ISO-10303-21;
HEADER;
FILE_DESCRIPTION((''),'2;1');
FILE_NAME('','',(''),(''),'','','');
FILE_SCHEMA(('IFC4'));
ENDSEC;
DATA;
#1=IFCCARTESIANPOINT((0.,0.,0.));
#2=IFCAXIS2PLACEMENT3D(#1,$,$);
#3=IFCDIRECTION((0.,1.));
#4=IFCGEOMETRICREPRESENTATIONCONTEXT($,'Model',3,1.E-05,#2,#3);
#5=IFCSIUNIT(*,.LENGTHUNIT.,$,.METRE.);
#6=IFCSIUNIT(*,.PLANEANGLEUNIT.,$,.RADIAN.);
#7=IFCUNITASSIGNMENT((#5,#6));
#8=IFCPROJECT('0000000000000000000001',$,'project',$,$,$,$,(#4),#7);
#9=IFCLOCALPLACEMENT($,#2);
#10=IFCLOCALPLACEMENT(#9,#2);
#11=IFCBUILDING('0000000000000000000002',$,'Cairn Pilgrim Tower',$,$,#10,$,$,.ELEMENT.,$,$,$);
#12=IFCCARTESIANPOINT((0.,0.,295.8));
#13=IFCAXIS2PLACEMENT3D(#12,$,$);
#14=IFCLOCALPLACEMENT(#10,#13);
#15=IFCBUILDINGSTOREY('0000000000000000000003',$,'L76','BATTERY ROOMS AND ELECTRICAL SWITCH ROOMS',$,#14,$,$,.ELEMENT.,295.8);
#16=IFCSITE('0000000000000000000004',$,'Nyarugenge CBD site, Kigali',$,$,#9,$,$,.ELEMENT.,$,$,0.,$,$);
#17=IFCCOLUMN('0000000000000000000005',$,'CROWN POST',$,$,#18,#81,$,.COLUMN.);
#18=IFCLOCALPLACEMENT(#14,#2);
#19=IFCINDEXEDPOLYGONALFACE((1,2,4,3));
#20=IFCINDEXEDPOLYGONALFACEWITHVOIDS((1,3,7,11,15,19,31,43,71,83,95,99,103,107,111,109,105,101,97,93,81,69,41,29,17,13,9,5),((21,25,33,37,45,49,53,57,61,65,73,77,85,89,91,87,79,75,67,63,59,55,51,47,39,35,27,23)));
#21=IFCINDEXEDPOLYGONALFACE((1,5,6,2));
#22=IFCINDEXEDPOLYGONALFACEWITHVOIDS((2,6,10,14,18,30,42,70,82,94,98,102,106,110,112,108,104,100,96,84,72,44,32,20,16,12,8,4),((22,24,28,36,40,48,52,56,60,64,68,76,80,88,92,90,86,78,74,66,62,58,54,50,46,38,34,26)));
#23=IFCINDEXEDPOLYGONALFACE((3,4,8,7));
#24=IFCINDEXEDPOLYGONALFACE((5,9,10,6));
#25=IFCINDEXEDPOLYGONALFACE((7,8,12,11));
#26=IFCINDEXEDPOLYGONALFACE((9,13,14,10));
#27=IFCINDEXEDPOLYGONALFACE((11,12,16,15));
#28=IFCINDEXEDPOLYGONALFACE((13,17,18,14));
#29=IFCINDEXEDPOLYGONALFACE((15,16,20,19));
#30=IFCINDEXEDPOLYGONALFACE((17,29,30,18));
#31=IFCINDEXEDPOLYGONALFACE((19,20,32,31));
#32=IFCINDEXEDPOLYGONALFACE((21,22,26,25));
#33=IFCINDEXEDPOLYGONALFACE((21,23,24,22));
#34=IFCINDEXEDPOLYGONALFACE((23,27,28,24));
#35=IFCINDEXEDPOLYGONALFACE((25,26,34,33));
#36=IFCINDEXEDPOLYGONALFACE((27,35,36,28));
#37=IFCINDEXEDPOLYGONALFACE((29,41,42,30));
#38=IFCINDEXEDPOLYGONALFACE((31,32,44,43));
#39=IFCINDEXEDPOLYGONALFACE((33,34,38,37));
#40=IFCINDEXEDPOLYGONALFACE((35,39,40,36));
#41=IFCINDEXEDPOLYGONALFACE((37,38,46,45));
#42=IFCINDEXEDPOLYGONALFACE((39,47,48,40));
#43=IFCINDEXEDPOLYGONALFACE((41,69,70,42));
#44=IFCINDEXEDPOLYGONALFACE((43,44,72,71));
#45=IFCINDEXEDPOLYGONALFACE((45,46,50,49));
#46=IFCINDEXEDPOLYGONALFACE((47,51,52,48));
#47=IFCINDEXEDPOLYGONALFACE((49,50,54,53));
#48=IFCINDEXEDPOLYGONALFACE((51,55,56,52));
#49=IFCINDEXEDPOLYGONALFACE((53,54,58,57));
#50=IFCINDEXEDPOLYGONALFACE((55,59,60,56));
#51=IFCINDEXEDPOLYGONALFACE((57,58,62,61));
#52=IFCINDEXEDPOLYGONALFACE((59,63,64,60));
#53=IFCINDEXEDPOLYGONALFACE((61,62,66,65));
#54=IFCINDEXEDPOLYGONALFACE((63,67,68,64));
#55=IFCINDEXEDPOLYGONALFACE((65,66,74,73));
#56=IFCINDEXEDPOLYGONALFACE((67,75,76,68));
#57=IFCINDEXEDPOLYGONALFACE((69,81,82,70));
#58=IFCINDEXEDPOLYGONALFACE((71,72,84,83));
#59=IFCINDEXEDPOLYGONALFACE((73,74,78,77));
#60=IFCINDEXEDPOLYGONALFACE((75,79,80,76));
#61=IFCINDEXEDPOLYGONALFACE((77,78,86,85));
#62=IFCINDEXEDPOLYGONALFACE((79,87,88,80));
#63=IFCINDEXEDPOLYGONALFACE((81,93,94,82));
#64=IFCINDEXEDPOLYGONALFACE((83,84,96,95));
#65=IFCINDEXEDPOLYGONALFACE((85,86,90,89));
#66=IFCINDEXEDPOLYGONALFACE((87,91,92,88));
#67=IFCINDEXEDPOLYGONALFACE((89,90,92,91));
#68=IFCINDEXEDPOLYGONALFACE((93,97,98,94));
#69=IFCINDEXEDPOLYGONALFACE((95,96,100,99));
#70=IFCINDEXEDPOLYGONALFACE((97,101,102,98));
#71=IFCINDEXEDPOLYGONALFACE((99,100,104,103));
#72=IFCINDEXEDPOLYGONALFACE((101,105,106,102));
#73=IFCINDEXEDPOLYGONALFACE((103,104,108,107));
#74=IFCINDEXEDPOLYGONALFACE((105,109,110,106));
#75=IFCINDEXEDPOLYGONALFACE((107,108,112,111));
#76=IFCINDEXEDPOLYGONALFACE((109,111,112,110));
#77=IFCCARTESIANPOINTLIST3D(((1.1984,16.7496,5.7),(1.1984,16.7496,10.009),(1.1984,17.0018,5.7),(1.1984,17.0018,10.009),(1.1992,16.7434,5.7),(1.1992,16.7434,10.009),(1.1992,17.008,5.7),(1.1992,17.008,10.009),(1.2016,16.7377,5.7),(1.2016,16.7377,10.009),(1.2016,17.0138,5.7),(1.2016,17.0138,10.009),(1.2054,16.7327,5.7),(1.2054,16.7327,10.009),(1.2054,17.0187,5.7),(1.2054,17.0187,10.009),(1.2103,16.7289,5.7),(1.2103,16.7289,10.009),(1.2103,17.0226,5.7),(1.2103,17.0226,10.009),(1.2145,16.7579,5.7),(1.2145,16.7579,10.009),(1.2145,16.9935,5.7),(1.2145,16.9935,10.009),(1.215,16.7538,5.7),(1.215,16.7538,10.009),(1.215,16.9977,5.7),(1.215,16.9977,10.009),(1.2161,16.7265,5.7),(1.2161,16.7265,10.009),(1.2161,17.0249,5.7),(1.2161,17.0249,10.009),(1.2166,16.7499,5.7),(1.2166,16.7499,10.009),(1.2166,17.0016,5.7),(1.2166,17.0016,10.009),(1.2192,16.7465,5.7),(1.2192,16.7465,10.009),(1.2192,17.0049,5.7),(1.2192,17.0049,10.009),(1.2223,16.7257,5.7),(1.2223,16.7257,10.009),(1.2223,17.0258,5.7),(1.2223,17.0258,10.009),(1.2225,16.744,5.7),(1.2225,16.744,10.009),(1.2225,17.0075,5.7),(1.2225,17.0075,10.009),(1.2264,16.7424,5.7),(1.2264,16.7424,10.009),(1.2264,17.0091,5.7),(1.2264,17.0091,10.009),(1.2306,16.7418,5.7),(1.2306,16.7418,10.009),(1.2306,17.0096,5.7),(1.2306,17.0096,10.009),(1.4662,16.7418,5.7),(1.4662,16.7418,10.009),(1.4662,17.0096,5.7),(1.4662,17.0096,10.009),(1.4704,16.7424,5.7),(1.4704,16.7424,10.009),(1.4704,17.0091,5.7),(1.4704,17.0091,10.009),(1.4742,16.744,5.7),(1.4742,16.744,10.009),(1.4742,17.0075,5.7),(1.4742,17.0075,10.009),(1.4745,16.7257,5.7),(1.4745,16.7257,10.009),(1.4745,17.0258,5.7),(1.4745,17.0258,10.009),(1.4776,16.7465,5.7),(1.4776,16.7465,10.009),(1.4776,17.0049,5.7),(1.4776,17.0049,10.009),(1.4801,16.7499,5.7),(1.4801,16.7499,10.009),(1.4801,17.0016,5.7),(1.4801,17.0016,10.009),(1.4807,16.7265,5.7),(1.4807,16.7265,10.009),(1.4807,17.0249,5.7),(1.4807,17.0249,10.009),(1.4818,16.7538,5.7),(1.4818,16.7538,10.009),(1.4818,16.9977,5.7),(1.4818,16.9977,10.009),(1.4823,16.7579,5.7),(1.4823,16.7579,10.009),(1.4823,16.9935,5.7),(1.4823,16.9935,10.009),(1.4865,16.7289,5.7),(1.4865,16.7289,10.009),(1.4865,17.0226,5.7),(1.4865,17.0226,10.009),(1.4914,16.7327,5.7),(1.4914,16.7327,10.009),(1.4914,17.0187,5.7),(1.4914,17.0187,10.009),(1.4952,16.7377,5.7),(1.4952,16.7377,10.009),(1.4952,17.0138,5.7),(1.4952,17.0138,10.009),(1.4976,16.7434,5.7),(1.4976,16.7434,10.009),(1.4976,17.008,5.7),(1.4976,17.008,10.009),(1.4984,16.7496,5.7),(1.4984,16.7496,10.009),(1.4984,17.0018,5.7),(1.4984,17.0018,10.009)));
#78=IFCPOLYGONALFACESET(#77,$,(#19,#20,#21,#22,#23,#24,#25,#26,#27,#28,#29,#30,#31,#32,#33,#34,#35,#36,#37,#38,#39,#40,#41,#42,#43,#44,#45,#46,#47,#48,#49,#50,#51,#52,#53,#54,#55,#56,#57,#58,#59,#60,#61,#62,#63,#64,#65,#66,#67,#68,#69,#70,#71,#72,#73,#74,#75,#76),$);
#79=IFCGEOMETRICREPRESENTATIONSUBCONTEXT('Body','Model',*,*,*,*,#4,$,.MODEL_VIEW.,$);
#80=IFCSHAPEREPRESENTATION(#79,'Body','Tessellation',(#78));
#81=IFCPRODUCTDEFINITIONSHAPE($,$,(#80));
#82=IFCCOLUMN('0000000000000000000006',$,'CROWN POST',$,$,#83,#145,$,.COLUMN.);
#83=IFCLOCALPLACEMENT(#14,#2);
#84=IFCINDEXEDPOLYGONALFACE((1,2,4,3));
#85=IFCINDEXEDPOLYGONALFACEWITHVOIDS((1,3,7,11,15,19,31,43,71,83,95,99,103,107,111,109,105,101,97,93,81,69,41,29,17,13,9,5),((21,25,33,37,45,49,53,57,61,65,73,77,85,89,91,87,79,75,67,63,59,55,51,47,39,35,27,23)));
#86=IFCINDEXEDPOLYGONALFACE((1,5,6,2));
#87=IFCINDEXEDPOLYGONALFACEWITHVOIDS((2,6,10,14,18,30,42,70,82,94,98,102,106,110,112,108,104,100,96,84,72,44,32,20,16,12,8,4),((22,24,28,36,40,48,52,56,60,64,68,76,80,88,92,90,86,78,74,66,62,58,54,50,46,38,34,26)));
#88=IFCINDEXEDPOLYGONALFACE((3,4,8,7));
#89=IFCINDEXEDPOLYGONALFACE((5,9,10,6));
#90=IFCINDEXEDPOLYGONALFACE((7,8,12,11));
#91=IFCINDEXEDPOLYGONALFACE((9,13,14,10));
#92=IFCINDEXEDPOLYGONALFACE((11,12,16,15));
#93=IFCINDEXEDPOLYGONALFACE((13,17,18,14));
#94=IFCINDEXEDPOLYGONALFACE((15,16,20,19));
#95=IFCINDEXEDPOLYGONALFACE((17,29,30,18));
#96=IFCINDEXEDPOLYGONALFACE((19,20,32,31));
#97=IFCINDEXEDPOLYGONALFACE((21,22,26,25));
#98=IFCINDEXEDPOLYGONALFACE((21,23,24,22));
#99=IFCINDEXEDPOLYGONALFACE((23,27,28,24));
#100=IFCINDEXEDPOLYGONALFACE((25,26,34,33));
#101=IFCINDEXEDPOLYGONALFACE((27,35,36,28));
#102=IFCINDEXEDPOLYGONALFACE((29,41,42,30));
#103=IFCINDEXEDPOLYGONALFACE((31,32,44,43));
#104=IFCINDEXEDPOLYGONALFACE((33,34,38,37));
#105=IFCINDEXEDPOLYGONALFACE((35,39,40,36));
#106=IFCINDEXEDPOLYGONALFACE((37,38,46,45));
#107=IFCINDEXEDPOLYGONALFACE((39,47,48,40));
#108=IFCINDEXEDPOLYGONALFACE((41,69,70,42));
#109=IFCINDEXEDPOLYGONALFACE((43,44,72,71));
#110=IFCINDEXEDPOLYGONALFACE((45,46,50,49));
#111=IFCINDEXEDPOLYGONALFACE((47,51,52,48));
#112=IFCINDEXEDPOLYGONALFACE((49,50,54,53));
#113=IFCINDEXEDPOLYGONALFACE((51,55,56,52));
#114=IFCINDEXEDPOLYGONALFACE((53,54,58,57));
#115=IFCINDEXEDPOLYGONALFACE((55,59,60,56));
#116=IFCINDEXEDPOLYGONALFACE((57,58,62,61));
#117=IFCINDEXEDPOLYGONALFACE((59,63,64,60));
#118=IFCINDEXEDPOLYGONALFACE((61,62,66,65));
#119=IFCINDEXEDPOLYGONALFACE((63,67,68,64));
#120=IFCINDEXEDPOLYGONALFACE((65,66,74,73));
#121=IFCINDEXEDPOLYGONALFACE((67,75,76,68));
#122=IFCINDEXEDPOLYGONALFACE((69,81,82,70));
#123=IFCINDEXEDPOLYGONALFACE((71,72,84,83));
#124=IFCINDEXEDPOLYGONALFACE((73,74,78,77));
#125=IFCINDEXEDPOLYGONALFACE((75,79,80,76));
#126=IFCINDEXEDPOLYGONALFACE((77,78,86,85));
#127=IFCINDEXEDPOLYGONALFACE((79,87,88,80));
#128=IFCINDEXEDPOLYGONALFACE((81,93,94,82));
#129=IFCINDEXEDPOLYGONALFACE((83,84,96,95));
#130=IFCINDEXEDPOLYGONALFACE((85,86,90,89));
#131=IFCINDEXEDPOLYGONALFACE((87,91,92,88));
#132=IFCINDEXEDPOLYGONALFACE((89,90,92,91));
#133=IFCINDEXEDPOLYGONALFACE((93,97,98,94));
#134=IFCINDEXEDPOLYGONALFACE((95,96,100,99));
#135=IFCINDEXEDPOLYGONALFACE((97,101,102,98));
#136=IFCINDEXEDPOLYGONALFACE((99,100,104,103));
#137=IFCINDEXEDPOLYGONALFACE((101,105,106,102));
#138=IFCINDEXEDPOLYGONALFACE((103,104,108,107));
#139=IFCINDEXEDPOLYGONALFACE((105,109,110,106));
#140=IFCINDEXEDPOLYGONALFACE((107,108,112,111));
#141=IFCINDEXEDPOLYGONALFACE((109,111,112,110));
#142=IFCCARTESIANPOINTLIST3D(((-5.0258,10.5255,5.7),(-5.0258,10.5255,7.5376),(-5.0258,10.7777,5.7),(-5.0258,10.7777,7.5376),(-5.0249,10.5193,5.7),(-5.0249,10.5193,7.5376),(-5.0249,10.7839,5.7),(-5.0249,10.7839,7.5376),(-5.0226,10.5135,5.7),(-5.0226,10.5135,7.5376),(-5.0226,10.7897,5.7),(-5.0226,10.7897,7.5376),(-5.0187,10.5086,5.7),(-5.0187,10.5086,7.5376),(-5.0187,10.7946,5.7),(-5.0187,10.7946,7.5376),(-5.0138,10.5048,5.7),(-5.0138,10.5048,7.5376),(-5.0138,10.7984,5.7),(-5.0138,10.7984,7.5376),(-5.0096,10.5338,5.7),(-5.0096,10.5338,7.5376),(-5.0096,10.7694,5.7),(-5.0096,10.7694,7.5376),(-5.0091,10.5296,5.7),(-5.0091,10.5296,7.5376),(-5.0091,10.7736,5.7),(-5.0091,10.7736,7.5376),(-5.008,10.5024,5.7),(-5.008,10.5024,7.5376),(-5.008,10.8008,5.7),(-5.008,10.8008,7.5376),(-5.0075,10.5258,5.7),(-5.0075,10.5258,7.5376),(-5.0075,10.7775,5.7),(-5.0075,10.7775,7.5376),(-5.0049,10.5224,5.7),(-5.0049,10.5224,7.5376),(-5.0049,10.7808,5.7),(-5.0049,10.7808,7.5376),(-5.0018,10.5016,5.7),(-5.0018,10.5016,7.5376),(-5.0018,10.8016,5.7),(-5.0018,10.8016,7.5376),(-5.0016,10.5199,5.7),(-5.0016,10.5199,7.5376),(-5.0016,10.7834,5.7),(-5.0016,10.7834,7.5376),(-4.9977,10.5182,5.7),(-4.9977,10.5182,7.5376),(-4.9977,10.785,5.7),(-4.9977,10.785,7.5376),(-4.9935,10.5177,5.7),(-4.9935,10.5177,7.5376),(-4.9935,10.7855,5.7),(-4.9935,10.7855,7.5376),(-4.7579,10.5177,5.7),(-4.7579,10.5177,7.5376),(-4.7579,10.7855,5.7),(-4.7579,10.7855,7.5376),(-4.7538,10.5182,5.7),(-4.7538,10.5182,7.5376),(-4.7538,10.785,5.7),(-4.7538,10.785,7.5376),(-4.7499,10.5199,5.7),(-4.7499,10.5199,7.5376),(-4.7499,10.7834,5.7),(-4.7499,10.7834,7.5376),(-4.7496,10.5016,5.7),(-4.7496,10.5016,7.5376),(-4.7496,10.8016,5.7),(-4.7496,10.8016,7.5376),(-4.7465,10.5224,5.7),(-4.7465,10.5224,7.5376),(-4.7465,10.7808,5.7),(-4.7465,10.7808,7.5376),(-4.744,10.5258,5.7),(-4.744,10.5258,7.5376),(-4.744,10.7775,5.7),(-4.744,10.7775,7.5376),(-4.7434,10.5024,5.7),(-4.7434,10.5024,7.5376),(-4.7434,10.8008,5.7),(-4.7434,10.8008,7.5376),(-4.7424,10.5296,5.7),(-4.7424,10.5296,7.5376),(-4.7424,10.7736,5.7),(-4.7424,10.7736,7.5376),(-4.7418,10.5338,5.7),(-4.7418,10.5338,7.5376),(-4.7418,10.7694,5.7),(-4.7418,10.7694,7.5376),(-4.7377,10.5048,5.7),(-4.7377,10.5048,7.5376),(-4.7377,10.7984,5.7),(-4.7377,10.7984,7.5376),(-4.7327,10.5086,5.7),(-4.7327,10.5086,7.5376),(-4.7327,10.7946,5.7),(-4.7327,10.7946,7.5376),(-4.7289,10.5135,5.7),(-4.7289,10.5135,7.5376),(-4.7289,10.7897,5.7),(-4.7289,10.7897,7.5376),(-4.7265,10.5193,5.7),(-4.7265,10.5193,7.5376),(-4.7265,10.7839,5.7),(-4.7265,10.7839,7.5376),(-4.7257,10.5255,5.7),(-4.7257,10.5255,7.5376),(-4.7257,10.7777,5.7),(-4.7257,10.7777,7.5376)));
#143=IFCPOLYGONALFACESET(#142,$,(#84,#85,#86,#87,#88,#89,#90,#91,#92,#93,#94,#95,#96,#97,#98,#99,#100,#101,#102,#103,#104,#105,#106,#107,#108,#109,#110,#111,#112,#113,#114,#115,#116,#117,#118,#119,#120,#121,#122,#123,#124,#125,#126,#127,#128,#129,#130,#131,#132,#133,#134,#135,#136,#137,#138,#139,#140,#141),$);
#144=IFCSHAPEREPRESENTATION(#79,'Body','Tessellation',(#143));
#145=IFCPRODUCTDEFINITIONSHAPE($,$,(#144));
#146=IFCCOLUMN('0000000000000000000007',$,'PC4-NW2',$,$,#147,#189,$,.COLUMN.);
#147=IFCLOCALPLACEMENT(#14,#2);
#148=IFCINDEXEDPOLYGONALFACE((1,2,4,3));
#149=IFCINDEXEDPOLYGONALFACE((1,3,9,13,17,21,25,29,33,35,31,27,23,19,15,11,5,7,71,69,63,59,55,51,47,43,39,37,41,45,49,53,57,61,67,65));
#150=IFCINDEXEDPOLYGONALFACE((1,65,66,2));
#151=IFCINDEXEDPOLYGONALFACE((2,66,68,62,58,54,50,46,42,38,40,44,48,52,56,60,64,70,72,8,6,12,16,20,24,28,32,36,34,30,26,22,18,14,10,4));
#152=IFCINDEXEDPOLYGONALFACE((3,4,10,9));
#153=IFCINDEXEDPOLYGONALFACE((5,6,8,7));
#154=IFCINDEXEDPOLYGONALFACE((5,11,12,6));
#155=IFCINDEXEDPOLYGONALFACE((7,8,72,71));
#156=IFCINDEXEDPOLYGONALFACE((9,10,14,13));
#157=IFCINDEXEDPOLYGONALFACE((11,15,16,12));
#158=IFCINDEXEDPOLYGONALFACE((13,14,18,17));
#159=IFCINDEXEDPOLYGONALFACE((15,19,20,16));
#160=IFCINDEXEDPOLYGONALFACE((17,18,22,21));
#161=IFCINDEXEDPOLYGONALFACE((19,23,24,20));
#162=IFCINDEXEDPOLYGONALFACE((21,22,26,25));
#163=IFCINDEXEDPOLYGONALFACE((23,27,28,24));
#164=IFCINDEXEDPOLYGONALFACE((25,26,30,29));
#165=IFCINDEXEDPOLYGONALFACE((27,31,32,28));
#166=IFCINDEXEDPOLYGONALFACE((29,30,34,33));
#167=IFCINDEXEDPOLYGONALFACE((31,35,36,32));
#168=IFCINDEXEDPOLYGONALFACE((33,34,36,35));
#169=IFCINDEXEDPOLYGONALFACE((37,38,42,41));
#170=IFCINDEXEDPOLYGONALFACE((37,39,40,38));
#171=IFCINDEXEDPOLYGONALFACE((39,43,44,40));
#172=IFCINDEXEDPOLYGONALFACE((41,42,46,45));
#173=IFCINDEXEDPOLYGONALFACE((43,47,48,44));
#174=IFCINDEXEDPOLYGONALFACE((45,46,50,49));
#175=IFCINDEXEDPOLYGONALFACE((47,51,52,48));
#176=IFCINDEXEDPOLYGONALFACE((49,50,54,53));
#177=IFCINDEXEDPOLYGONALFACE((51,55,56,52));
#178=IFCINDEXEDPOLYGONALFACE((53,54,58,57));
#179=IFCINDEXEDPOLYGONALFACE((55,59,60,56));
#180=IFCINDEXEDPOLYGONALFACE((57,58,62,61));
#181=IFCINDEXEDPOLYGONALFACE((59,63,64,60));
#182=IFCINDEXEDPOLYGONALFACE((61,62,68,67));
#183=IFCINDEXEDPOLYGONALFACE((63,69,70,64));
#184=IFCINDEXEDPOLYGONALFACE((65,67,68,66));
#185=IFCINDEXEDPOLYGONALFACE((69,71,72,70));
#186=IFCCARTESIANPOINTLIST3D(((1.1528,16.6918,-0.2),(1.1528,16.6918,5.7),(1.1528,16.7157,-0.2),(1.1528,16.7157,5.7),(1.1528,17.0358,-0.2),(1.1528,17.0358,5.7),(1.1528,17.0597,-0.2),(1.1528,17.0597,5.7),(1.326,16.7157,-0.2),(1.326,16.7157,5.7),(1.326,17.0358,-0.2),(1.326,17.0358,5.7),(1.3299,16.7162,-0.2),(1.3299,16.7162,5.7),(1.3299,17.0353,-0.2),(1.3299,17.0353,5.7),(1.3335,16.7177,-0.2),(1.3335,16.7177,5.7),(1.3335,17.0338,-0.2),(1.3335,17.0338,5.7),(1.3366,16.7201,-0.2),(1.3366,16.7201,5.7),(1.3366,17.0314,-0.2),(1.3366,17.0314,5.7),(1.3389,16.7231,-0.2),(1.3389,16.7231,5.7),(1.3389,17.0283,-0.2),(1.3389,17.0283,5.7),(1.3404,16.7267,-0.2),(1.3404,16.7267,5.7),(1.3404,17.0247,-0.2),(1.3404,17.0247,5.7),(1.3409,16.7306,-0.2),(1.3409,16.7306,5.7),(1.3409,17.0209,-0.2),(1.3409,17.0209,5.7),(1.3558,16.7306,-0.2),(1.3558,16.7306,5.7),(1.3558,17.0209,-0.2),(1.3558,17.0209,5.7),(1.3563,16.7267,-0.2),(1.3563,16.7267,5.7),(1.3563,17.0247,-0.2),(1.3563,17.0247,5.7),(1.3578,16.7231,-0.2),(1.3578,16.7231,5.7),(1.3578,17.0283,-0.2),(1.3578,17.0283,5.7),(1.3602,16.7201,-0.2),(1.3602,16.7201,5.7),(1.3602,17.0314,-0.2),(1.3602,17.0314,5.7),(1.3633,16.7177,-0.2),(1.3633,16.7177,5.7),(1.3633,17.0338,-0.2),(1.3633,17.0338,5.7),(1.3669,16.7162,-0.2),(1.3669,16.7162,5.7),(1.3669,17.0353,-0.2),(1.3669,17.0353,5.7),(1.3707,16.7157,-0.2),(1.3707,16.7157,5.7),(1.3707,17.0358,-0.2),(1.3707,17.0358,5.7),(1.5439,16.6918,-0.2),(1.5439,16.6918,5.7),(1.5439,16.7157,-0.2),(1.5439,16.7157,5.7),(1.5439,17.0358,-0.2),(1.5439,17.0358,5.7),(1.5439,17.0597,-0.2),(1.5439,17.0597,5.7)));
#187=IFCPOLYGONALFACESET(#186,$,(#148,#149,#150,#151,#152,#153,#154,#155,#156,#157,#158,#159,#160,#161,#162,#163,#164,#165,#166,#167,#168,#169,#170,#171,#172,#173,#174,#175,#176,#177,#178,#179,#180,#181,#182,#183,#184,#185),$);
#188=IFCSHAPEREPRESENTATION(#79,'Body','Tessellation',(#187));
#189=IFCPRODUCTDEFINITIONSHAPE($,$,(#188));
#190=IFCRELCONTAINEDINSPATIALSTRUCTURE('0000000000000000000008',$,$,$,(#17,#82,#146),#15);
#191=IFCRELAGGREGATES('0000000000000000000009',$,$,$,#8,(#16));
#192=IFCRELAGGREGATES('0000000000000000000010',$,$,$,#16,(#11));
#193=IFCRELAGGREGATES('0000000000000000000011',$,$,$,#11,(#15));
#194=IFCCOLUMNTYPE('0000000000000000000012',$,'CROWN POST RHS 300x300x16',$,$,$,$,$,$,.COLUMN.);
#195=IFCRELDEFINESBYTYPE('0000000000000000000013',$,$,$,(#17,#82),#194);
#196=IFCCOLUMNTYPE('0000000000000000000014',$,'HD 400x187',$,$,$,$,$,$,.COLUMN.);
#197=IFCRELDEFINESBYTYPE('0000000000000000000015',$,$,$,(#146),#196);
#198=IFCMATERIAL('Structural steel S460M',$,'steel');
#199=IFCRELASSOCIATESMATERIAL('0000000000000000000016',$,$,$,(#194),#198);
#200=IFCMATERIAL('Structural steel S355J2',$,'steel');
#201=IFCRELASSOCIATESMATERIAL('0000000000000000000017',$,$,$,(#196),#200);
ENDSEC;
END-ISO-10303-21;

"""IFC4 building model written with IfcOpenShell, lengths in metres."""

from ifc_helpers import new_model, si_unit, direction, frame, origin, origin_2d, place, context, subcontext, project, spatial, hollow_rectangle, i_section, extrude, material, material_profile, profile_set, type_object, element, save


model = new_model("IFC4")

# Units and contexts
model_context = context("Model", 3, precision=1e-05, world=origin(), true_north=direction((0.0, 1.0)))
body_context = subcontext(model_context, "Body", "Model", "MODEL_VIEW")
ifc_project = project(units=[si_unit("LENGTHUNIT", "METRE"), si_unit("PLANEANGLEUNIT", "RADIAN")], contexts=[model_context])

# Site, building, storey
site_placement = place(None, origin())
site = spatial("IfcSite", under=ifc_project, at=site_placement, Name="Nyarugenge CBD site, Kigali", CompositionType="ELEMENT", RefElevation=0.0)
building_placement = place(site_placement, origin())
building = spatial("IfcBuilding", under=site, at=building_placement, Name="Cairn Pilgrim Tower", CompositionType="ELEMENT")
storey_placement = place(building_placement, frame((0.0, 0.0, 295.8)))
storey = spatial("IfcBuildingStorey", under=building, at=storey_placement, Name="L76", Description="BATTERY ROOMS AND ELECTRICAL SWITCH ROOMS", CompositionType="ELEMENT", Elevation=295.8)

# Columns
ifc_material_1 = material(Name="Structural steel S460M", Category="steel")
ifc_material_profile_1 = material_profile(ifc_material_1, hollow_rectangle(XDim=0.3, YDim=0.3, WallThickness=0.0161, InnerFilletRadius=0.0161, OuterFilletRadius=0.0239, at=origin_2d()), Name="SHS 300x300x16")
ifc_profile_set_1 = profile_set([ifc_material_profile_1], Name="Structural steel S460M")
column_type_1 = type_object("IfcColumnType", Name="CROWN POST RHS 300x300x16", PredefinedType="COLUMN", material=ifc_profile_set_1)
column_1_placement = place(storey_placement, frame((1.3484, 16.8757, 5.7), z_axis=(0.0, 0.0, 1.0), x_axis=(1.0, 0.0, 0.0)))
element("IfcColumn", 1, at=column_1_placement, inside=storey, type_object=column_type_1, Name="CROWN POST", PredefinedType="COLUMN", context=body_context, shape_type="SweptSolid", body=[
    extrude(hollow_rectangle(XDim=0.3, YDim=0.3, WallThickness=0.0161, InnerFilletRadius=0.0161, OuterFilletRadius=0.0239, at=origin_2d()), origin(), (0.0, 0.0, 1.0), 4.3091),
])
column_2_placement = place(storey_placement, frame((-4.8757, 10.6516, 5.7), z_axis=(0.0, 0.0, 1.0), x_axis=(1.0, 0.0, 0.0)))
element("IfcColumn", 2, at=column_2_placement, inside=storey, type_object=column_type_1, Name="CROWN POST", PredefinedType="COLUMN", context=body_context, shape_type="SweptSolid", body=[
    extrude(hollow_rectangle(XDim=0.3, YDim=0.3, WallThickness=0.0161, InnerFilletRadius=0.0161, OuterFilletRadius=0.0239, at=origin_2d()), origin(), (0.0, 0.0, 1.0), 1.8376),
])
ifc_material_2 = material(Name="Structural steel S355J2", Category="steel")
ifc_material_profile_2 = material_profile(ifc_material_2, i_section(OverallWidth=0.3911, OverallDepth=0.3679, WebThickness=0.0149, FlangeThickness=0.0239, FilletRadius=0.0149, at=origin_2d()), Name="HD 400x187")
ifc_profile_set_2 = profile_set([ifc_material_profile_2], Name="Structural steel S355J2")
column_type_2 = type_object("IfcColumnType", Name="HD 400x187", PredefinedType="COLUMN", material=ifc_profile_set_2)
for number, where, z_axis, x_axis, name in (
    (3, (1.3484, 16.8757, -0.2), (0.0, 0.0, 1.0), (1.0, 0.0, 0.0), "PC4-NW2"),
):
    element("IfcColumn", number, at=place(storey_placement, frame(where, z_axis=z_axis, x_axis=x_axis)), inside=storey, type_object=column_type_2, Name=name, PredefinedType="COLUMN", context=body_context, shape_type="SweptSolid", body=[
        extrude(i_section(OverallWidth=0.3911, OverallDepth=0.3679, WebThickness=0.0149, FlangeThickness=0.0239, FilletRadius=0.0149, at=origin_2d()), origin(), (0.0, 0.0, 1.0), 5.8999),
    ])

save(model, "model.ifc")
